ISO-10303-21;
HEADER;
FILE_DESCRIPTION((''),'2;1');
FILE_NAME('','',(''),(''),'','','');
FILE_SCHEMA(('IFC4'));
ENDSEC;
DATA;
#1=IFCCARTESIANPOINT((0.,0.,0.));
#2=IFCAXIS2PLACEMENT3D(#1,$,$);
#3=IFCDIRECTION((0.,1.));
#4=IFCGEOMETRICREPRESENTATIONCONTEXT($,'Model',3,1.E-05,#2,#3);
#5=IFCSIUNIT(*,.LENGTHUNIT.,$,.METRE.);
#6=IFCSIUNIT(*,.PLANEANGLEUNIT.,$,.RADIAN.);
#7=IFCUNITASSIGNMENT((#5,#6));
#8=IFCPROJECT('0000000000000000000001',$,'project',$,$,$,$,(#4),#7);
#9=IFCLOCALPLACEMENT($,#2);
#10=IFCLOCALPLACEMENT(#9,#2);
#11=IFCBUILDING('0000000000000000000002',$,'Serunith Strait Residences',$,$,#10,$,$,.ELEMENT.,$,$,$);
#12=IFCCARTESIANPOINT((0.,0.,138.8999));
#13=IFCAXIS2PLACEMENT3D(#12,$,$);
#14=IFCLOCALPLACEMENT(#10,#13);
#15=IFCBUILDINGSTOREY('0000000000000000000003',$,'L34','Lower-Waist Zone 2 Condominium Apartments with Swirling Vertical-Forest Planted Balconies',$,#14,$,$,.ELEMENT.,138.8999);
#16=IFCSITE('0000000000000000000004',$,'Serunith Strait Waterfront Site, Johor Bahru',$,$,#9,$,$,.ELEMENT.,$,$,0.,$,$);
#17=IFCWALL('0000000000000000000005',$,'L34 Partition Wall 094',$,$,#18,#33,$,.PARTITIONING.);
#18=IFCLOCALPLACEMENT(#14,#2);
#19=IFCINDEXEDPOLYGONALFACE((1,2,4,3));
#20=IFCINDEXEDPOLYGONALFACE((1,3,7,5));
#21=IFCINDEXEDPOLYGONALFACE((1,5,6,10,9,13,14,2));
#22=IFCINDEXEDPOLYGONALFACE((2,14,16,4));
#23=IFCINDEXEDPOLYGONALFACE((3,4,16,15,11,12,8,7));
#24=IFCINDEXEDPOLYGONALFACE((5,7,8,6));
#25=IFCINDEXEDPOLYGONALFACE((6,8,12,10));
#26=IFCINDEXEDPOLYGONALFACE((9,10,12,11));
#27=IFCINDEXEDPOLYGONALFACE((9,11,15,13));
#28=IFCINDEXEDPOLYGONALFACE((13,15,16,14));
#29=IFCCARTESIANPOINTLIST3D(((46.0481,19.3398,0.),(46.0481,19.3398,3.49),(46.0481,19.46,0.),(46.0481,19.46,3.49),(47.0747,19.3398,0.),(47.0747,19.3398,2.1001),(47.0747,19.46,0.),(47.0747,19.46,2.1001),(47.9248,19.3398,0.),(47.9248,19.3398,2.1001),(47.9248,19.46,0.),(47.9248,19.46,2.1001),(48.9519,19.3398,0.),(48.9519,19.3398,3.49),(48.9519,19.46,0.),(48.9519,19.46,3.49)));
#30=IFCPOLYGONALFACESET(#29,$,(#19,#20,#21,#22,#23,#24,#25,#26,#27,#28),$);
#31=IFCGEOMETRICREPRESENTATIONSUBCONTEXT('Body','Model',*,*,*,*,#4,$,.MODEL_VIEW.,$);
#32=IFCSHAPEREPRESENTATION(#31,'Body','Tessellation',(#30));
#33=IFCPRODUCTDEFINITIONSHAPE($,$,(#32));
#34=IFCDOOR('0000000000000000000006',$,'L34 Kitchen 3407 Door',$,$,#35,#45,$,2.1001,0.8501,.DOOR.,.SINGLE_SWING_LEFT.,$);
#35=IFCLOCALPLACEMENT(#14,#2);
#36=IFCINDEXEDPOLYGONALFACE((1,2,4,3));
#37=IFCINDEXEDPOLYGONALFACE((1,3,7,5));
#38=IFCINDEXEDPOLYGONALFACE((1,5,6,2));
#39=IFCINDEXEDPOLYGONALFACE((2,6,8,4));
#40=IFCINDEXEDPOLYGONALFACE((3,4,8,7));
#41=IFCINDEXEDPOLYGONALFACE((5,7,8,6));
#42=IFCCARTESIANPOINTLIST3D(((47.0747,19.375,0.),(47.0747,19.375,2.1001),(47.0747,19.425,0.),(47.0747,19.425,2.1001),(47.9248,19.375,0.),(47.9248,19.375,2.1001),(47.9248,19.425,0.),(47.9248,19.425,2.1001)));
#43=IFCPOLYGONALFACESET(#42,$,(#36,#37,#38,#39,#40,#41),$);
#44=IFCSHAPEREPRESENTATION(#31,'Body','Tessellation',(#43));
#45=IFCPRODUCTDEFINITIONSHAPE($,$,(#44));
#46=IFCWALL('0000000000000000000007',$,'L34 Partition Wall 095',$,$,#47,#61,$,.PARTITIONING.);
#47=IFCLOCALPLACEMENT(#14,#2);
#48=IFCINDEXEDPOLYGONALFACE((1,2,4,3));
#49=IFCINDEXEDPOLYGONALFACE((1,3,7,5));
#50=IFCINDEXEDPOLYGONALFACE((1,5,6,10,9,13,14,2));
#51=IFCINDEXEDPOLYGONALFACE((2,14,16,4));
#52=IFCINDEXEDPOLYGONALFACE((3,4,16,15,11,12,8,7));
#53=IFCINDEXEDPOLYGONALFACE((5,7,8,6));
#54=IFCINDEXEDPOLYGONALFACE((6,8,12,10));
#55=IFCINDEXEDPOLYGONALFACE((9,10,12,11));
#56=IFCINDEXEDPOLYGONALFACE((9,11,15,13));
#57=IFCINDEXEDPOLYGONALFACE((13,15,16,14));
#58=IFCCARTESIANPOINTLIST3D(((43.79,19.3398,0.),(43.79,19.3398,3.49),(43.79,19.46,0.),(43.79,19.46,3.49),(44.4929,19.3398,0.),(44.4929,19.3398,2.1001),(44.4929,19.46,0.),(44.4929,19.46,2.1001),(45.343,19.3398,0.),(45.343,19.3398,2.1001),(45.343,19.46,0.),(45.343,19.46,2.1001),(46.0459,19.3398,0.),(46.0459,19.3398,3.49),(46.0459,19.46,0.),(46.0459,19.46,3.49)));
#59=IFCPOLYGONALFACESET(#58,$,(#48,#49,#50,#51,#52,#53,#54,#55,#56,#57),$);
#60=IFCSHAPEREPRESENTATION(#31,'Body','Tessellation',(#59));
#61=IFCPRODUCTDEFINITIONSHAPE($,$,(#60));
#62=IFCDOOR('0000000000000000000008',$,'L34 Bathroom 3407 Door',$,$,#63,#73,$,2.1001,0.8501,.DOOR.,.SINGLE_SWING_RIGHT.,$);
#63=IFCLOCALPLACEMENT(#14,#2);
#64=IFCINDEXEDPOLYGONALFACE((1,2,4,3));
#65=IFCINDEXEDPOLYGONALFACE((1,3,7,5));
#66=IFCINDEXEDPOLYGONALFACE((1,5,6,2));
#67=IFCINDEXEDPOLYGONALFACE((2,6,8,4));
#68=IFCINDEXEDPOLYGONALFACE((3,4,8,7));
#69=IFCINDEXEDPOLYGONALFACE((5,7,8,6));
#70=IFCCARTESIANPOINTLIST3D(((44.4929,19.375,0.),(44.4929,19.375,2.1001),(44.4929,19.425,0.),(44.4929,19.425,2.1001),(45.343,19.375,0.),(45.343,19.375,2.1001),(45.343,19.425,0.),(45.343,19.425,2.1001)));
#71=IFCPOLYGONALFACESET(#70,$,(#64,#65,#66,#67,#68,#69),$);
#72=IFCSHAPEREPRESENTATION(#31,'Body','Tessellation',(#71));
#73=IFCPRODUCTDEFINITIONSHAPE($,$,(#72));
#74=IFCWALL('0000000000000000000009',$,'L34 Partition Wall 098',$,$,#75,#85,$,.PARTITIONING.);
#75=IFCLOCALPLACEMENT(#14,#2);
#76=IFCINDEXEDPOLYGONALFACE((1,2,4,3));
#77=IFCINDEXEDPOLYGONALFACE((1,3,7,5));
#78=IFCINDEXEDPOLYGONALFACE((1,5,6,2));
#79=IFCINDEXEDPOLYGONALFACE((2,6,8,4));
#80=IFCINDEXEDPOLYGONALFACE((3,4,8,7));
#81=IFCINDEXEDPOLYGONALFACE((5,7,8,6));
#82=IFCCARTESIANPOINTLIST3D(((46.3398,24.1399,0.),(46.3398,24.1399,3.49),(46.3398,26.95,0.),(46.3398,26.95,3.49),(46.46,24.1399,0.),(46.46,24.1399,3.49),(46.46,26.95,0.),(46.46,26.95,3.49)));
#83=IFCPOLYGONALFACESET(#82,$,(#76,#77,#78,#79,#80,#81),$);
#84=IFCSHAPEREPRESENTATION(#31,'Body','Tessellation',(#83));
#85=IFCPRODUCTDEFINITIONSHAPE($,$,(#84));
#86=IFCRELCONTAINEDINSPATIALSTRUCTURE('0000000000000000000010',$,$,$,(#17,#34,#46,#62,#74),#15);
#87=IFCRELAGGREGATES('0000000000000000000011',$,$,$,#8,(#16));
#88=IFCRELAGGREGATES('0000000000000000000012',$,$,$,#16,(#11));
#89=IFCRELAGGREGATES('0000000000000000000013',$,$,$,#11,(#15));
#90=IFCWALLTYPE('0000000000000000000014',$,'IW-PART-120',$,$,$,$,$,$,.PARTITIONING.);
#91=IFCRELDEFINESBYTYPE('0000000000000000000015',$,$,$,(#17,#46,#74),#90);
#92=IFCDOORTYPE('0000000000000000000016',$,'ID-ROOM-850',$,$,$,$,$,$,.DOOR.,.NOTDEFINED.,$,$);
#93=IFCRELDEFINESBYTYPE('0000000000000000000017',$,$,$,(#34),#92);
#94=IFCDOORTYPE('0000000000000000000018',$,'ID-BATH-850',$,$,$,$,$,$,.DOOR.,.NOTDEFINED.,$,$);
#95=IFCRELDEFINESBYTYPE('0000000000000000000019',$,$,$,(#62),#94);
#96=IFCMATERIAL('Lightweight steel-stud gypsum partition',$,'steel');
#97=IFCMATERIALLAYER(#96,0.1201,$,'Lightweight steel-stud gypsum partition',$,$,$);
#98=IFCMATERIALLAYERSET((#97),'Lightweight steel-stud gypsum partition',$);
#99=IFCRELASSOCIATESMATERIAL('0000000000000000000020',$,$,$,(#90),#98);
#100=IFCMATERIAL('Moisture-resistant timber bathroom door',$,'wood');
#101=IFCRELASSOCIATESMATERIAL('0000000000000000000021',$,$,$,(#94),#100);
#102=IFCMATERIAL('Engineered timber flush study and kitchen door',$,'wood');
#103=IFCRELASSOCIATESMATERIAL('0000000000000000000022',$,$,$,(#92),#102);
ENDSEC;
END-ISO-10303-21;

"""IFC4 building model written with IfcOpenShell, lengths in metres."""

from ifc_helpers import new_model, si_unit, direction, frame, frame_2d, origin, place, context, subcontext, project, spatial, rectangle, extrude, source, transform, mapped, material, layer, layer_set, type_object, element, fill, save


model = new_model("IFC4")

# Units and contexts
model_context = context("Model", 3, precision=1e-05, world=origin(), true_north=direction((0.0, 1.0)))
body_context = subcontext(model_context, "Body", "Model", "MODEL_VIEW")
ifc_project = project(units=[si_unit("LENGTHUNIT", "METRE"), si_unit("PLANEANGLEUNIT", "RADIAN")], contexts=[model_context])

# Site, building, storey
site_placement = place(None, origin())
site = spatial("IfcSite", under=ifc_project, at=site_placement, Name="Serunith Strait Waterfront Site, Johor Bahru", CompositionType="ELEMENT", RefElevation=0.0)
building_placement = place(site_placement, origin())
building = spatial("IfcBuilding", under=site, at=building_placement, Name="Serunith Strait Residences", CompositionType="ELEMENT")
storey_placement = place(building_placement, frame((0.0, 0.0, 138.8999)))
storey = spatial("IfcBuildingStorey", under=building, at=storey_placement, Name="L34", Description="Lower-Waist Zone 2 Condominium Apartments with Swirling Vertical-Forest Planted Balconies", CompositionType="ELEMENT", Elevation=138.8999)

# Shared definitions
ifc_material_1 = material(Name="Lightweight steel-stud gypsum partition", Category="steel")
ifc_layer_1 = layer(ifc_material_1, 0.1201, Name="Lightweight steel-stud gypsum partition")
ifc_layer_set_1 = layer_set([ifc_layer_1], Name="Lightweight steel-stud gypsum partition")
wall_type_1 = type_object("IfcWallType", Name="IW-PART-120", PredefinedType="PARTITIONING", material=ifc_layer_set_1)

# Shared definitions
ifc_material_2 = material(Name="Moisture-resistant timber bathroom door", Category="wood")
door_type_1 = type_object("IfcDoorType", Name="ID-BATH-850", OperationType="NOTDEFINED", PredefinedType="DOOR", material=ifc_material_2)
shared_shape_1 = source(origin(), body_context, "Body", "SweptSolid", [
    extrude(rectangle(XDim=0.8501, YDim=2.1001, at=frame_2d((0.425, 1.05))), frame((0.0, 0.0249, 0.0), z_axis=(0.0, -1.0, 0.0), x_axis=(1.0, 0.0, 0.0)), (0.0, 0.0, 1.0), 0.05),
])

# Walls, openings, doors
wall_1_placement = place(storey_placement, frame((48.9519, 19.3999, 0.0), z_axis=(0.0, 0.0, 1.0), x_axis=(-1.0, 0.0, 0.0)))
wall_1 = element("IfcWall", 1, at=wall_1_placement, inside=storey, type_object=wall_type_1, Name="L34 Partition Wall 094", PredefinedType="PARTITIONING", context=body_context, shape_type="SweptSolid", body=[
    extrude(rectangle(XDim=2.9038, YDim=0.1201, at=frame_2d((1.4519, 0.0))), origin(), (0.0, 0.0, 1.0), 3.49),
])
opening_1_placement = place(wall_1_placement, frame((1.0271, 0.0, 0.0)))
opening_1 = element("IfcOpeningElement", 2, at=opening_1_placement, cuts=wall_1, PredefinedType="OPENING", context=body_context, shape_type="SweptSolid", body=[
    extrude(rectangle(XDim=0.8501, YDim=2.1001, at=frame_2d((0.425, 1.05))), frame((0.0, 0.0701, 0.0), z_axis=(0.0, -1.0, 0.0), x_axis=(1.0, 0.0, 0.0)), (0.0, 0.0, 1.0), 0.1401),
])
ifc_material_3 = material(Name="Engineered timber flush study and kitchen door", Category="wood")
door_type_2 = type_object("IfcDoorType", Name="ID-ROOM-850", OperationType="NOTDEFINED", PredefinedType="DOOR", material=ifc_material_3)
door_1_placement = place(opening_1_placement, origin())
door_1 = element("IfcDoor", 3, at=door_1_placement, inside=storey, type_object=door_type_2, Name="L34 Kitchen 3407 Door", OperationType="SINGLE_SWING_LEFT", OverallHeight=2.1001, OverallWidth=0.8501, PredefinedType="DOOR", context=body_context, shape_type="MappedRepresentation", body=[
    mapped(shared_shape_1, transform((0.0, 0.0, 0.0), scale=1.0)),
])
fill(opening_1, door_1)
wall_2_placement = place(storey_placement, frame((46.0459, 19.3999, 0.0), z_axis=(0.0, 0.0, 1.0), x_axis=(-1.0, 0.0, 0.0)))
wall_2 = element("IfcWall", 4, at=wall_2_placement, inside=storey, type_object=wall_type_1, Name="L34 Partition Wall 095", PredefinedType="PARTITIONING", context=body_context, shape_type="SweptSolid", body=[
    extrude(rectangle(XDim=2.2559, YDim=0.1201, at=frame_2d((1.1279, 0.0))), origin(), (0.0, 0.0, 1.0), 3.49),
])
opening_2_placement = place(wall_2_placement, frame((0.7029, 0.0, 0.0)))
opening_2 = element("IfcOpeningElement", 5, at=opening_2_placement, cuts=wall_2, PredefinedType="OPENING", context=body_context, shape_type="SweptSolid", body=[
    extrude(rectangle(XDim=0.8501, YDim=2.1001, at=frame_2d((0.425, 1.05))), frame((0.0, 0.0701, 0.0), z_axis=(0.0, -1.0, 0.0), x_axis=(1.0, 0.0, 0.0)), (0.0, 0.0, 1.0), 0.1401),
])
door_2_placement = place(opening_2_placement, origin())
door_2 = element("IfcDoor", 6, at=door_2_placement, inside=storey, type_object=door_type_1, Name="L34 Bathroom 3407 Door", OperationType="SINGLE_SWING_RIGHT", OverallHeight=2.1001, OverallWidth=0.8501, PredefinedType="DOOR", context=body_context, shape_type="MappedRepresentation", body=[
    mapped(shared_shape_1, transform((0.0, 0.0, 0.0), scale=1.0)),
])
fill(opening_2, door_2)

# Wall
wall_3_placement = place(storey_placement, frame((46.3999, 24.1399, 0.0), z_axis=(0.0, 0.0, 1.0), x_axis=(0.0, 1.0, 0.0)))
element("IfcWall", 7, at=wall_3_placement, inside=storey, type_object=wall_type_1, Name="L34 Partition Wall 098", PredefinedType="PARTITIONING", context=body_context, shape_type="SweptSolid", body=[
    extrude(rectangle(XDim=2.8101, YDim=0.1201, at=frame_2d((1.405, 0.0))), origin(), (0.0, 0.0, 1.0), 3.49),
])

save(model, "model.ifc")
